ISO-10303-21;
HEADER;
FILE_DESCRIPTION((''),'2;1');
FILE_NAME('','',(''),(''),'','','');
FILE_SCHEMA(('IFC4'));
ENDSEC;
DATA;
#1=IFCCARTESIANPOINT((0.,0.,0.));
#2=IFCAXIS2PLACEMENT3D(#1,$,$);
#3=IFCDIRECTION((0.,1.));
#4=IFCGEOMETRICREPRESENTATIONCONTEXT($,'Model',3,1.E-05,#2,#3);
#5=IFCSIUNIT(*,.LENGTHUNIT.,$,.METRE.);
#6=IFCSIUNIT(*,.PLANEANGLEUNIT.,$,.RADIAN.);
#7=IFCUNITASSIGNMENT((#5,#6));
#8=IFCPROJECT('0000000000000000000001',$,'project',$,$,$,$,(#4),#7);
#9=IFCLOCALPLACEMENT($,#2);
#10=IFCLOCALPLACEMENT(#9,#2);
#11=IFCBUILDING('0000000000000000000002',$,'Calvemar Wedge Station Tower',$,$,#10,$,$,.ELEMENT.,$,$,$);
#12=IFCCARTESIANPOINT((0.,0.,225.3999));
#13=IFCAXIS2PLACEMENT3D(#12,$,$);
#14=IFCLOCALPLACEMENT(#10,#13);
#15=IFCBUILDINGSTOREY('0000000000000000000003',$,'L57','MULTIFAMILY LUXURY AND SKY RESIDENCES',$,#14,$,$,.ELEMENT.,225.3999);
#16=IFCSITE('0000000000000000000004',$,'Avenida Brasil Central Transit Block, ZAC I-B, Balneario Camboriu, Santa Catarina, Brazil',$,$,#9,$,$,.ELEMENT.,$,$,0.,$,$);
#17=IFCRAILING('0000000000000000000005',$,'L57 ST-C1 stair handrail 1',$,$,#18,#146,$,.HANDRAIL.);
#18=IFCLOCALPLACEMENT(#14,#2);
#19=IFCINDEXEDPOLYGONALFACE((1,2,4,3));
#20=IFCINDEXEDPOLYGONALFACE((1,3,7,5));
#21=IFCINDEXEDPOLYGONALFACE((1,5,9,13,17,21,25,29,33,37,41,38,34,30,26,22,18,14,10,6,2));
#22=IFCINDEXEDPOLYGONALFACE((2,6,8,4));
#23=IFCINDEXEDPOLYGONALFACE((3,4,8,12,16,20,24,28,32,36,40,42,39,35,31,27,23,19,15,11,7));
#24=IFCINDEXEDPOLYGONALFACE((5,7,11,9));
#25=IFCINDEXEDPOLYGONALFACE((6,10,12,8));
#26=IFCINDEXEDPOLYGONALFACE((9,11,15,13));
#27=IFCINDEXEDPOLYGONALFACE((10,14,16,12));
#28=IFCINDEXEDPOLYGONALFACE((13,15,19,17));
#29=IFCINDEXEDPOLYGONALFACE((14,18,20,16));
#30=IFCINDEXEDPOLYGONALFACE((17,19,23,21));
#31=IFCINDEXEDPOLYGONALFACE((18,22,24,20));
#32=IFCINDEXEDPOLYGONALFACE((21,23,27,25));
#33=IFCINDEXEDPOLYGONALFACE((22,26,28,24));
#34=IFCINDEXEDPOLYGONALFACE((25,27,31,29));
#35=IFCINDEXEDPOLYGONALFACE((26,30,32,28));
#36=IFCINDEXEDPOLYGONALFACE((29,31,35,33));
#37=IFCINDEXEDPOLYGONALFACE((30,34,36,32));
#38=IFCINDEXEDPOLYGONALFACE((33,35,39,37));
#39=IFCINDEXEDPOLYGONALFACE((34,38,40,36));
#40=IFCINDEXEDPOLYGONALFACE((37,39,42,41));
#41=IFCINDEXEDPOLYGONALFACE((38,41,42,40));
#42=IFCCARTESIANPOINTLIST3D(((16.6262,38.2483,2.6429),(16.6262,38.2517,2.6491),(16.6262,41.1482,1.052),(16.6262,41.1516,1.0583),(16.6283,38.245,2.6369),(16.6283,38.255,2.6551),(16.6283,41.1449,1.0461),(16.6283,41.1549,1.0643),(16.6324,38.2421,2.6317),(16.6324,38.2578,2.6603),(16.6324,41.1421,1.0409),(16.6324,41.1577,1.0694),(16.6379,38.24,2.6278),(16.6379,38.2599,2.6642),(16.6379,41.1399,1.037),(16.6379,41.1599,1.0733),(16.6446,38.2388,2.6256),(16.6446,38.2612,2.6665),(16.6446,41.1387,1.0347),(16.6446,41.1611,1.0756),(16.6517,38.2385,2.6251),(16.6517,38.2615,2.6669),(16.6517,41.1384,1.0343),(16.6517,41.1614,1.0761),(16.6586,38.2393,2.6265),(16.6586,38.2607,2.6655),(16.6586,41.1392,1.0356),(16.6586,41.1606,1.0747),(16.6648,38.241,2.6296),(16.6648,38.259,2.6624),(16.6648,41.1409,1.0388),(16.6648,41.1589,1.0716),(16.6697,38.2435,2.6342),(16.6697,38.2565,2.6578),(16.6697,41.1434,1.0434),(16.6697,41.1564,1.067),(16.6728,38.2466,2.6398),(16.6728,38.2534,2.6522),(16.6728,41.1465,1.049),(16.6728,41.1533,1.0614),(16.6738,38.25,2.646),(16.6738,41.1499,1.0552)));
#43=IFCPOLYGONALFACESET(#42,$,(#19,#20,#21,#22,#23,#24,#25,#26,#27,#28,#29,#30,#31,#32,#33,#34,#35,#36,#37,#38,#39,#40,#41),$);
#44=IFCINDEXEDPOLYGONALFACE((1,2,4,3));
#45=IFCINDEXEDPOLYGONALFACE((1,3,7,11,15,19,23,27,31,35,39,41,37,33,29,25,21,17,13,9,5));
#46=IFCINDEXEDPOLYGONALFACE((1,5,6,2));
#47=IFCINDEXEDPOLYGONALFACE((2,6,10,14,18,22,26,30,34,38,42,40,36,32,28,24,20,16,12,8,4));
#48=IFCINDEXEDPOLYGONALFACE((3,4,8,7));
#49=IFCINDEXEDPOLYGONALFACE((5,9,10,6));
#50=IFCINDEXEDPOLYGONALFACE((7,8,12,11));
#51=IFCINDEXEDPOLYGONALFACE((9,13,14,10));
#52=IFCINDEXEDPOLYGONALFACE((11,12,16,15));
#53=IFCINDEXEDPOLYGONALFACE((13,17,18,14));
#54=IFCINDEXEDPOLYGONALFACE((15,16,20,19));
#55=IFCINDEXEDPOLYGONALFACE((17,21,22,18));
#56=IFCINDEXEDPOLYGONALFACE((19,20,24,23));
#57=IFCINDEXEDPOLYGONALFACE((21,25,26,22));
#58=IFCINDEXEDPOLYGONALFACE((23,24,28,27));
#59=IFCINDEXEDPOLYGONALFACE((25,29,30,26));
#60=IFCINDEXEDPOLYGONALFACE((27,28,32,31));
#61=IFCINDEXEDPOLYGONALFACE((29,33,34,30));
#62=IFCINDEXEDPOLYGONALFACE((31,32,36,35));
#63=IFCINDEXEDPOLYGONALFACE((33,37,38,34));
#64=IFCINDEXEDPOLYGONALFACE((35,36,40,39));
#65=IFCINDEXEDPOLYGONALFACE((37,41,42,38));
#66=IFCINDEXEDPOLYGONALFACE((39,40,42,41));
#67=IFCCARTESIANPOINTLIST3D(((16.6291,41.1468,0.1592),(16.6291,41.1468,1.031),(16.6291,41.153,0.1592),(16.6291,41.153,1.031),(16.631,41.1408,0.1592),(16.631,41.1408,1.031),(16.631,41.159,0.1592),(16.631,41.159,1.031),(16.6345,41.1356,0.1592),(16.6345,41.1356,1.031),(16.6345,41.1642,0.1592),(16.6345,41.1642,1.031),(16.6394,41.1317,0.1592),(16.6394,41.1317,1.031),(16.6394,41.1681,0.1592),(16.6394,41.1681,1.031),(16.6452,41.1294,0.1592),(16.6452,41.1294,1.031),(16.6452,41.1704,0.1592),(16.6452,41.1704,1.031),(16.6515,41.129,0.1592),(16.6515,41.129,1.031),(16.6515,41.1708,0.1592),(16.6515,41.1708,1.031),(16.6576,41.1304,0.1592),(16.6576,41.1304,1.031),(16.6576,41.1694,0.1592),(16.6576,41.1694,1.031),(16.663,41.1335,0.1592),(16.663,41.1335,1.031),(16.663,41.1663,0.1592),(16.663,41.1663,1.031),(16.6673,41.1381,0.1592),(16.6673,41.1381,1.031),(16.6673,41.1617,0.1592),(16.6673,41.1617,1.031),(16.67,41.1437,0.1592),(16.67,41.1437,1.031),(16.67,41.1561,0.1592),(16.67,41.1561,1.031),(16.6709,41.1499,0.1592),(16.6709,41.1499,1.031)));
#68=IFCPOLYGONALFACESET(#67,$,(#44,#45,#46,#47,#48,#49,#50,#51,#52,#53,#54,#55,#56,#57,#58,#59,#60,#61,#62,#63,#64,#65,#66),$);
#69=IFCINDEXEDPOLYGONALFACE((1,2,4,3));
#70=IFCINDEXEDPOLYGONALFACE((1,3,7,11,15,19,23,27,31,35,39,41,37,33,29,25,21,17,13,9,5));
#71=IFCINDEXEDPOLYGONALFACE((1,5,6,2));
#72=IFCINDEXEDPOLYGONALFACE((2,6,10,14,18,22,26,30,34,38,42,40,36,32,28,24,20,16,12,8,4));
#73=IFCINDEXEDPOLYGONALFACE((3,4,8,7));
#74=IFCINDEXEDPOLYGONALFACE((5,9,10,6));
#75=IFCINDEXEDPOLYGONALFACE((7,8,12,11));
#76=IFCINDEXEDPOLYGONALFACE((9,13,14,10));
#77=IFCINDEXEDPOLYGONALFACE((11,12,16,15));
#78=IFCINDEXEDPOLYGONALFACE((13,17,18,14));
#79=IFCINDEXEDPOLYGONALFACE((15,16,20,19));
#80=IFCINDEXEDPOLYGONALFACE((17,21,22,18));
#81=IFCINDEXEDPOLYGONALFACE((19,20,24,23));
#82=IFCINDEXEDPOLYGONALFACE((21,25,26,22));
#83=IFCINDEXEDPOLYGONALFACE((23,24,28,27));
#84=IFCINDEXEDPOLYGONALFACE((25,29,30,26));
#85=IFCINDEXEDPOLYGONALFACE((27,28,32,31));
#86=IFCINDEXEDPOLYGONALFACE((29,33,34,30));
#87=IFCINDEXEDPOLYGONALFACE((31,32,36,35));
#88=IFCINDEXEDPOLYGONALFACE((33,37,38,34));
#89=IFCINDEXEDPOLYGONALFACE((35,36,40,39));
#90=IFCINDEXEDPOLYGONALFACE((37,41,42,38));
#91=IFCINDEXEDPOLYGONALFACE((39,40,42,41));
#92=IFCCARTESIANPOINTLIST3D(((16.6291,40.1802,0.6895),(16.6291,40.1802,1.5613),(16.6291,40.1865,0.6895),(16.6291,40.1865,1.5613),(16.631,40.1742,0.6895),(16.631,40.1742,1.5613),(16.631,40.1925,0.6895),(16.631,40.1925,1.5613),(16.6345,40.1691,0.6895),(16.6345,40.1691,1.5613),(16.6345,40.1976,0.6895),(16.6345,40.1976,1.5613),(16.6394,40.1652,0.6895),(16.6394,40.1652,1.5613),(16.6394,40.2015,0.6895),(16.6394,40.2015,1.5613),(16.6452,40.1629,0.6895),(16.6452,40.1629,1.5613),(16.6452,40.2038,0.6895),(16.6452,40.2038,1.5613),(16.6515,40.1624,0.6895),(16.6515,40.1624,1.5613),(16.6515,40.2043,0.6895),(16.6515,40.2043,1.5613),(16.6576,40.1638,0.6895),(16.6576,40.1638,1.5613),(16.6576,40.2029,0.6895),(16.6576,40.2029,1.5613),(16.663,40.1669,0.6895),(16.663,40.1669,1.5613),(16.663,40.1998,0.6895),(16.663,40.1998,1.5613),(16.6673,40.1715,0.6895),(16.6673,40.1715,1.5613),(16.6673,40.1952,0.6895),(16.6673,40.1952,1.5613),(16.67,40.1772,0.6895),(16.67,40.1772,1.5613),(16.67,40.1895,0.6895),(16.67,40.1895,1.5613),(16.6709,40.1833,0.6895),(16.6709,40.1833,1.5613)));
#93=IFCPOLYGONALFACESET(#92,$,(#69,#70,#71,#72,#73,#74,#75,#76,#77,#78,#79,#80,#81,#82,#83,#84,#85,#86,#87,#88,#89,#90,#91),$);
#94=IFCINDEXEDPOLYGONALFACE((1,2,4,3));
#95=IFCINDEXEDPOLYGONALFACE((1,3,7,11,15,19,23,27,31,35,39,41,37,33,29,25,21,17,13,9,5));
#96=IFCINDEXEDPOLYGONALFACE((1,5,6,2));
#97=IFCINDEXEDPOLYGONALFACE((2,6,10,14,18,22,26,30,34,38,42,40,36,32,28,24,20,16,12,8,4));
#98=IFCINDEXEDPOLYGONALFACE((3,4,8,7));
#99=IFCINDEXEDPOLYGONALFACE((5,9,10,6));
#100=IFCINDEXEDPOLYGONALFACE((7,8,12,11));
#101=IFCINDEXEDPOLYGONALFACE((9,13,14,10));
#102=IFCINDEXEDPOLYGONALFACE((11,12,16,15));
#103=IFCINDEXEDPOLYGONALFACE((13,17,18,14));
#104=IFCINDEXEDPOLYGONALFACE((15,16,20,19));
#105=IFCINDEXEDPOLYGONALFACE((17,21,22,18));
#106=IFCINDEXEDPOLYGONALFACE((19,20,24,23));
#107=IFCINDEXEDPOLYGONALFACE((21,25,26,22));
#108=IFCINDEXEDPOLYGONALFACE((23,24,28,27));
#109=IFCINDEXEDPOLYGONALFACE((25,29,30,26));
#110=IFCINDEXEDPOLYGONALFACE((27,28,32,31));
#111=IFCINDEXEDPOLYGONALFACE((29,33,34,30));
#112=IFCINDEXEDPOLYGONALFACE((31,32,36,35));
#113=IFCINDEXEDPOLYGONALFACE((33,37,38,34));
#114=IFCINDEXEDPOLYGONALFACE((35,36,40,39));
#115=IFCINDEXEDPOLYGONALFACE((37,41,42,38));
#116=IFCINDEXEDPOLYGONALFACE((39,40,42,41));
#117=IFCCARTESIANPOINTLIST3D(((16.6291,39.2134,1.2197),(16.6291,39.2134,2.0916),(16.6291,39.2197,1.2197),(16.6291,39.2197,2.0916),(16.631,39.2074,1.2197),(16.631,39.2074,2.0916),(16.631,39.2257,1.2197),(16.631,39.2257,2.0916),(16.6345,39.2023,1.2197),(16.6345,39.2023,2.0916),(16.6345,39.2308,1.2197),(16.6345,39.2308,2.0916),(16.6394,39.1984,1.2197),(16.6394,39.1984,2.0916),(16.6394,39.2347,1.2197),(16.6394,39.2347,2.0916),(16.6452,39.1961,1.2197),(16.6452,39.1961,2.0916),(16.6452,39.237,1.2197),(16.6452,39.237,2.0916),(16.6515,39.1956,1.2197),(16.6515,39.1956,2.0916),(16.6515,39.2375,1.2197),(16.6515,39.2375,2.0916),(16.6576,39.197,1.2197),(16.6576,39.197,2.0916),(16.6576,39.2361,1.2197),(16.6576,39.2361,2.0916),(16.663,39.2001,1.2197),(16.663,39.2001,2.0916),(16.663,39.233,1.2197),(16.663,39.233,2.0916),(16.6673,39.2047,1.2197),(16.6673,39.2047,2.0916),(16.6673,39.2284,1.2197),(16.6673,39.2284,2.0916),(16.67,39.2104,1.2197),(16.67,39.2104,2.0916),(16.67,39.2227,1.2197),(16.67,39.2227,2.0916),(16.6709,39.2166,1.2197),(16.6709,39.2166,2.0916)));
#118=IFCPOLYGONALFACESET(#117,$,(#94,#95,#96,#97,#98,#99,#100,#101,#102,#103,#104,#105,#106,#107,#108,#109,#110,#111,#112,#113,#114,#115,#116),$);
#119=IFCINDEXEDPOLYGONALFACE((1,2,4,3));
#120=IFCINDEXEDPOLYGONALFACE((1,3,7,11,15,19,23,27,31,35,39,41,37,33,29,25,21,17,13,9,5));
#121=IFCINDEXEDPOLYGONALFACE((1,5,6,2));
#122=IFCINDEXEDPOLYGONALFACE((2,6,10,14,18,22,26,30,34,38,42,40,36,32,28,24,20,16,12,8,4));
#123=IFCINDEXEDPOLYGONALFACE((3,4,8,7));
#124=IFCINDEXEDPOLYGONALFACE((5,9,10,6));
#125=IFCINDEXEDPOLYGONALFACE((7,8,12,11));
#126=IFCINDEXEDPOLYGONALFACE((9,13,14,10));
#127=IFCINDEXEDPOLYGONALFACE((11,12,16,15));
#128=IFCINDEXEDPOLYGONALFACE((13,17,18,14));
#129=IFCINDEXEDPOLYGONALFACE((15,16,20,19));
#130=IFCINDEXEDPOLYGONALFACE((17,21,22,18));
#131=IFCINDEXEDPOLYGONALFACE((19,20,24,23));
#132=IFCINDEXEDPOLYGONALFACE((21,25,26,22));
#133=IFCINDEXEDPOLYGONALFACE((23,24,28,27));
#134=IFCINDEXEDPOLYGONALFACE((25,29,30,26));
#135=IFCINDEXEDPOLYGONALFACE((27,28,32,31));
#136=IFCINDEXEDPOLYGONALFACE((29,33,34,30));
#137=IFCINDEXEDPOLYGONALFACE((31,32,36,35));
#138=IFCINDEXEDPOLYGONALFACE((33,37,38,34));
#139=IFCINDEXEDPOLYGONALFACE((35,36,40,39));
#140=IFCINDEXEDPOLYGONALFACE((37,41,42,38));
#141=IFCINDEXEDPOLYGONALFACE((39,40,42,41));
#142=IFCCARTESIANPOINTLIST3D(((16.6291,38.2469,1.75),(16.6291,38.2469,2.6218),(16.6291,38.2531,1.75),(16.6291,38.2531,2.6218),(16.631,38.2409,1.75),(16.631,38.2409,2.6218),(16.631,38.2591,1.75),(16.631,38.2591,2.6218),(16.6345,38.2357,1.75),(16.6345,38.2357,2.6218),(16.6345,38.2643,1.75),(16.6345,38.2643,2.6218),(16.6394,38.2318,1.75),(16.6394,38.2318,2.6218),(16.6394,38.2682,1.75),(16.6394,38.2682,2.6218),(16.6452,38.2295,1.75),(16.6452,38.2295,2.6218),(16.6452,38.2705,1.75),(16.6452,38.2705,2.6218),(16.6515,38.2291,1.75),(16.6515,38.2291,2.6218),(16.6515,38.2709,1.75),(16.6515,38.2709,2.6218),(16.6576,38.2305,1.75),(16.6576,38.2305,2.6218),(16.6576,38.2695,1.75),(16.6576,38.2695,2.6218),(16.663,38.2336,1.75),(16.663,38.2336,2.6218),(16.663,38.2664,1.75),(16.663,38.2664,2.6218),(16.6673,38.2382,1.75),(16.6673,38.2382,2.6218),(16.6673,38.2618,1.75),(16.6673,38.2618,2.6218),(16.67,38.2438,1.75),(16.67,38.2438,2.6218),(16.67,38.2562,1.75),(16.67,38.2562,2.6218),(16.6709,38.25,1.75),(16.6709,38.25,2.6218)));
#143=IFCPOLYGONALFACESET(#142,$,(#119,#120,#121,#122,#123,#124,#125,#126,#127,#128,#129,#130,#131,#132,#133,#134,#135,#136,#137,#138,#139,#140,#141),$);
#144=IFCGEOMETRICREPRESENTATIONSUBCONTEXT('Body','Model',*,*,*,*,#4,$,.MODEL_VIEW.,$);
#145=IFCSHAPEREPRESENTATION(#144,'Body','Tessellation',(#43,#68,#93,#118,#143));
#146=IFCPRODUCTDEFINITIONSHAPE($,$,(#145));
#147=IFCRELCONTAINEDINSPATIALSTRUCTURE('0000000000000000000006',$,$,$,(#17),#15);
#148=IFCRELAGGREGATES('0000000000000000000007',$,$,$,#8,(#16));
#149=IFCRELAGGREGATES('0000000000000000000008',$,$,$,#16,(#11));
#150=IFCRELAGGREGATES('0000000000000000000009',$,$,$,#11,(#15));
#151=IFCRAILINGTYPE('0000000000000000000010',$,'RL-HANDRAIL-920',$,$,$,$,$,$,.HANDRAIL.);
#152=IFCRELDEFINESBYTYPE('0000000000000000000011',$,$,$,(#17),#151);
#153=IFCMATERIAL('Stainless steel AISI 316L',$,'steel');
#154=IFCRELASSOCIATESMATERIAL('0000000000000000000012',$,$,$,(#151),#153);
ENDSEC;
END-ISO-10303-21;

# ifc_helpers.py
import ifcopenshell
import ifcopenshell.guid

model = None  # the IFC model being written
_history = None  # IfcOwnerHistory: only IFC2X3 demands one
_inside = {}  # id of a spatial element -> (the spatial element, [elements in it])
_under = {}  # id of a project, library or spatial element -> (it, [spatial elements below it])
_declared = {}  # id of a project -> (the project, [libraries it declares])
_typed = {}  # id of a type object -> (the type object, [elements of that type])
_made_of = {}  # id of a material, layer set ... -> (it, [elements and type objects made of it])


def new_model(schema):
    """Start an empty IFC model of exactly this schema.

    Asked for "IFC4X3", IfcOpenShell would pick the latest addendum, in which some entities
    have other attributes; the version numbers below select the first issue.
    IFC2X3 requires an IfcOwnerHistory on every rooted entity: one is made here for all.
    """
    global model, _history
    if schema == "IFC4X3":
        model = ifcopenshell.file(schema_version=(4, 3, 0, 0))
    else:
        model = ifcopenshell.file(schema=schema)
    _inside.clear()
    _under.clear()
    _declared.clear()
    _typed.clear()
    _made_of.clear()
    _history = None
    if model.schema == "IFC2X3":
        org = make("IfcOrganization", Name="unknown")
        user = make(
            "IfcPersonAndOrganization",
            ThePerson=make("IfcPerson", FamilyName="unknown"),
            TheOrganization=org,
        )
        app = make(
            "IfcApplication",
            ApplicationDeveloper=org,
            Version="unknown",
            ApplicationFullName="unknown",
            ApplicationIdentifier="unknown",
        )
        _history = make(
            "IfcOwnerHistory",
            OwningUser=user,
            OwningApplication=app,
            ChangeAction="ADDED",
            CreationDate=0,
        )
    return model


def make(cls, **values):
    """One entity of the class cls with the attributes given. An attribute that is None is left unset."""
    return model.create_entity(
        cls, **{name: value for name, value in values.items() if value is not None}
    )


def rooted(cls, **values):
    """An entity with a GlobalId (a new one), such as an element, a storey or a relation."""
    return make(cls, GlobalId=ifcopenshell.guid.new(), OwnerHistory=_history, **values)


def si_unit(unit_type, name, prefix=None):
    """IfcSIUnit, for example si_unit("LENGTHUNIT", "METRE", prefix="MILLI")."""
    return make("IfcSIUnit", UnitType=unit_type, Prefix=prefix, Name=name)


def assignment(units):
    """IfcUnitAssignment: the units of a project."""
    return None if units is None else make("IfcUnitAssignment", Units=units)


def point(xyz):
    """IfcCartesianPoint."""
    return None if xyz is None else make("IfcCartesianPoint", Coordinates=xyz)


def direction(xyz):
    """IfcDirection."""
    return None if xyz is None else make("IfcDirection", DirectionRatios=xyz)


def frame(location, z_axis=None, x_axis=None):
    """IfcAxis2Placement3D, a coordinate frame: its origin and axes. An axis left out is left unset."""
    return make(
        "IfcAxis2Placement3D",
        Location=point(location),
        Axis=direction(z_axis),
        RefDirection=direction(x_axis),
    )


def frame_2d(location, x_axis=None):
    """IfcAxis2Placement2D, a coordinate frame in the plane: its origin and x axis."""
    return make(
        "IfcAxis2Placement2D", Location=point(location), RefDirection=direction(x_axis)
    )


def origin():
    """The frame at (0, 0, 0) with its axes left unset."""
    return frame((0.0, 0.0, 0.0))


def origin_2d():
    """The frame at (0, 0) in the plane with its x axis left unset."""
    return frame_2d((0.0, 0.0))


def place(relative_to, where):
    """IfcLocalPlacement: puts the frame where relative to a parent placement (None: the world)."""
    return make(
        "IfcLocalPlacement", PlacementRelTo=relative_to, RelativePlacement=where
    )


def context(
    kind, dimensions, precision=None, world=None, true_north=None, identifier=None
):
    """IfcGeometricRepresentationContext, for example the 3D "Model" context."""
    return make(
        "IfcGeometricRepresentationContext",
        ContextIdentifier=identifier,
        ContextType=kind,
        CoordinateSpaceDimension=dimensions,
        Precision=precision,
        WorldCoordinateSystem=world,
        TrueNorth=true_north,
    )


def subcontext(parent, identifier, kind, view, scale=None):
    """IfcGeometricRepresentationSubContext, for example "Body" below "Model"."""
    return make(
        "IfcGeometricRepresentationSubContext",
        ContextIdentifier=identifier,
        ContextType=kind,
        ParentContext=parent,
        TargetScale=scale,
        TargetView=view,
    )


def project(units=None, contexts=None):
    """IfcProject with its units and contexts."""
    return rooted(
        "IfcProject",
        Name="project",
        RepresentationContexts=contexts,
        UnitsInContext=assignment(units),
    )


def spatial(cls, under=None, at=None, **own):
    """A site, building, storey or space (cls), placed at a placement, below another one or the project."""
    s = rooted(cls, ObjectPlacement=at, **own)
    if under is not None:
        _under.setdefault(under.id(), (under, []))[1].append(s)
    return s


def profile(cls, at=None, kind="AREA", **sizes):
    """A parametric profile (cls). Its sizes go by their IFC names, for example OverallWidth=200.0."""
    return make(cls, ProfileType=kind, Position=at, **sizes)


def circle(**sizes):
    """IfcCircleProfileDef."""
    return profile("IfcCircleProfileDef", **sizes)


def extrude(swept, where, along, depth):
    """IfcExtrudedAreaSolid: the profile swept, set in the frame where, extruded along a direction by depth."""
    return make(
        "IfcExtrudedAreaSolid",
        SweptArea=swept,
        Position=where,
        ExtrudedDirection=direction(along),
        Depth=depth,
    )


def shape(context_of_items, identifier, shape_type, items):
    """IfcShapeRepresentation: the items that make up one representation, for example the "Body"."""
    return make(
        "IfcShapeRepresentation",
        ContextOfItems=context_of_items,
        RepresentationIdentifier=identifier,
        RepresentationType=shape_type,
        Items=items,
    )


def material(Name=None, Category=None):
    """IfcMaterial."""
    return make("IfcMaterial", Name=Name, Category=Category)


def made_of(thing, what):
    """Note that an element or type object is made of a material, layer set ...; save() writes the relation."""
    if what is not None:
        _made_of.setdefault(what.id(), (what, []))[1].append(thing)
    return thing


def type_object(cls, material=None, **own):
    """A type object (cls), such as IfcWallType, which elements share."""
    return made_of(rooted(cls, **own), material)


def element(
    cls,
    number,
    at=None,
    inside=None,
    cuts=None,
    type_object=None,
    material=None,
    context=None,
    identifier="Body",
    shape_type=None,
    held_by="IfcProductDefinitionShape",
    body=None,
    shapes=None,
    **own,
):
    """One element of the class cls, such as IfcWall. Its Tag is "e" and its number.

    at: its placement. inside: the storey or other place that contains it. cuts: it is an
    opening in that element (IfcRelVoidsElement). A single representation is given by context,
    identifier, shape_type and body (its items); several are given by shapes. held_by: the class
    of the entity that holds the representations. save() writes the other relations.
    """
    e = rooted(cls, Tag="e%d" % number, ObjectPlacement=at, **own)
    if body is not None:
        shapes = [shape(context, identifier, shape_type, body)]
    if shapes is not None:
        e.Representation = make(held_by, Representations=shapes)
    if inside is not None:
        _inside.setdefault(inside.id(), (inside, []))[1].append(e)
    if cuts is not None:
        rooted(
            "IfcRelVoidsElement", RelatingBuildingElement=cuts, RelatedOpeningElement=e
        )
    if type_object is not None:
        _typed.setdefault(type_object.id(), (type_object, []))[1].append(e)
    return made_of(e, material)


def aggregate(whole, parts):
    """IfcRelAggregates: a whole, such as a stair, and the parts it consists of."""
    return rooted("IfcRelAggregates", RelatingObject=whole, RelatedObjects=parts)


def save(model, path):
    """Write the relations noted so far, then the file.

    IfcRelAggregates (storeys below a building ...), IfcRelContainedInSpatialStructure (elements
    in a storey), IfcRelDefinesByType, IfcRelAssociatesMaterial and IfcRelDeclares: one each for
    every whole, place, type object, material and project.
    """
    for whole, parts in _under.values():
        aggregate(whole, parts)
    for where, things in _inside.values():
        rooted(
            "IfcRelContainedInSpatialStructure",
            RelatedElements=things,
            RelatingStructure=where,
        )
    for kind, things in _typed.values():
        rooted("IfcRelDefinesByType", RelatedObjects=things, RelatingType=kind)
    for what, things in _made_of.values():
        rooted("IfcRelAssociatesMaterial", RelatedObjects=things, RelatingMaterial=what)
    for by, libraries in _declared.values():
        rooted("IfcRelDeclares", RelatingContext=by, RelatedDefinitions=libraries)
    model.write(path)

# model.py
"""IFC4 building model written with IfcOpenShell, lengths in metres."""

from ifc_helpers import new_model, si_unit, direction, frame, origin, origin_2d, place, context, subcontext, project, spatial, circle, extrude, material, type_object, element, save


model = new_model("IFC4")

# Units and contexts
model_context = context("Model", 3, precision=1e-05, world=origin(), true_north=direction((0.0, 1.0)))
body_context = subcontext(model_context, "Body", "Model", "MODEL_VIEW")
ifc_project = project(units=[si_unit("LENGTHUNIT", "METRE"), si_unit("PLANEANGLEUNIT", "RADIAN")], contexts=[model_context])

# Site, building, storey
site_placement = place(None, origin())
site = spatial("IfcSite", under=ifc_project, at=site_placement, Name="Avenida Brasil Central Transit Block, ZAC I-B, Balneario Camboriu, Santa Catarina, Brazil", CompositionType="ELEMENT", RefElevation=0.0)
building_placement = place(site_placement, origin())
building = spatial("IfcBuilding", under=site, at=building_placement, Name="Calvemar Wedge Station Tower", CompositionType="ELEMENT")
storey_placement = place(building_placement, frame((0.0, 0.0, 225.3999)))
storey = spatial("IfcBuildingStorey", under=building, at=storey_placement, Name="L57", Description="MULTIFAMILY LUXURY AND SKY RESIDENCES", CompositionType="ELEMENT", Elevation=225.3999)

# Railing
ifc_material_1 = material(Name="Stainless steel AISI 316L", Category="steel")
railing_type_1 = type_object("IfcRailingType", Name="RL-HANDRAIL-920", PredefinedType="HANDRAIL", material=ifc_material_1)
railing_1_placement = place(storey_placement, frame((16.6499, 41.1499, 0.1592)))
element("IfcRailing", 1, at=railing_1_placement, inside=storey, type_object=railing_type_1, Name="L57 ST-C1 stair handrail 1", PredefinedType="HANDRAIL", context=body_context, shape_type="SweptSolid", body=[
    extrude(circle(Radius=0.0239, at=origin_2d()), frame((0.0, 0.0, 0.896), z_axis=(0.0, -0.876742, 0.480961), x_axis=(1.0, 0.0, 0.0)), (0.0, 0.0, 1.0), 3.3076),
    extrude(circle(Radius=0.021, at=origin_2d()), origin(), (0.0, 0.0, 1.0), 0.8718),
    extrude(circle(Radius=0.021, at=origin_2d()), frame((0.0, -0.9666, 0.5303)), (0.0, 0.0, 1.0), 0.8718),
    extrude(circle(Radius=0.021, at=origin_2d()), frame((0.0, -1.9333, 1.0605)), (0.0, 0.0, 1.0), 0.8718),
    extrude(circle(Radius=0.021, at=origin_2d()), frame((0.0, -2.8999, 1.5908)), (0.0, 0.0, 1.0), 0.8718),
])

save(model, "model.ifc")
